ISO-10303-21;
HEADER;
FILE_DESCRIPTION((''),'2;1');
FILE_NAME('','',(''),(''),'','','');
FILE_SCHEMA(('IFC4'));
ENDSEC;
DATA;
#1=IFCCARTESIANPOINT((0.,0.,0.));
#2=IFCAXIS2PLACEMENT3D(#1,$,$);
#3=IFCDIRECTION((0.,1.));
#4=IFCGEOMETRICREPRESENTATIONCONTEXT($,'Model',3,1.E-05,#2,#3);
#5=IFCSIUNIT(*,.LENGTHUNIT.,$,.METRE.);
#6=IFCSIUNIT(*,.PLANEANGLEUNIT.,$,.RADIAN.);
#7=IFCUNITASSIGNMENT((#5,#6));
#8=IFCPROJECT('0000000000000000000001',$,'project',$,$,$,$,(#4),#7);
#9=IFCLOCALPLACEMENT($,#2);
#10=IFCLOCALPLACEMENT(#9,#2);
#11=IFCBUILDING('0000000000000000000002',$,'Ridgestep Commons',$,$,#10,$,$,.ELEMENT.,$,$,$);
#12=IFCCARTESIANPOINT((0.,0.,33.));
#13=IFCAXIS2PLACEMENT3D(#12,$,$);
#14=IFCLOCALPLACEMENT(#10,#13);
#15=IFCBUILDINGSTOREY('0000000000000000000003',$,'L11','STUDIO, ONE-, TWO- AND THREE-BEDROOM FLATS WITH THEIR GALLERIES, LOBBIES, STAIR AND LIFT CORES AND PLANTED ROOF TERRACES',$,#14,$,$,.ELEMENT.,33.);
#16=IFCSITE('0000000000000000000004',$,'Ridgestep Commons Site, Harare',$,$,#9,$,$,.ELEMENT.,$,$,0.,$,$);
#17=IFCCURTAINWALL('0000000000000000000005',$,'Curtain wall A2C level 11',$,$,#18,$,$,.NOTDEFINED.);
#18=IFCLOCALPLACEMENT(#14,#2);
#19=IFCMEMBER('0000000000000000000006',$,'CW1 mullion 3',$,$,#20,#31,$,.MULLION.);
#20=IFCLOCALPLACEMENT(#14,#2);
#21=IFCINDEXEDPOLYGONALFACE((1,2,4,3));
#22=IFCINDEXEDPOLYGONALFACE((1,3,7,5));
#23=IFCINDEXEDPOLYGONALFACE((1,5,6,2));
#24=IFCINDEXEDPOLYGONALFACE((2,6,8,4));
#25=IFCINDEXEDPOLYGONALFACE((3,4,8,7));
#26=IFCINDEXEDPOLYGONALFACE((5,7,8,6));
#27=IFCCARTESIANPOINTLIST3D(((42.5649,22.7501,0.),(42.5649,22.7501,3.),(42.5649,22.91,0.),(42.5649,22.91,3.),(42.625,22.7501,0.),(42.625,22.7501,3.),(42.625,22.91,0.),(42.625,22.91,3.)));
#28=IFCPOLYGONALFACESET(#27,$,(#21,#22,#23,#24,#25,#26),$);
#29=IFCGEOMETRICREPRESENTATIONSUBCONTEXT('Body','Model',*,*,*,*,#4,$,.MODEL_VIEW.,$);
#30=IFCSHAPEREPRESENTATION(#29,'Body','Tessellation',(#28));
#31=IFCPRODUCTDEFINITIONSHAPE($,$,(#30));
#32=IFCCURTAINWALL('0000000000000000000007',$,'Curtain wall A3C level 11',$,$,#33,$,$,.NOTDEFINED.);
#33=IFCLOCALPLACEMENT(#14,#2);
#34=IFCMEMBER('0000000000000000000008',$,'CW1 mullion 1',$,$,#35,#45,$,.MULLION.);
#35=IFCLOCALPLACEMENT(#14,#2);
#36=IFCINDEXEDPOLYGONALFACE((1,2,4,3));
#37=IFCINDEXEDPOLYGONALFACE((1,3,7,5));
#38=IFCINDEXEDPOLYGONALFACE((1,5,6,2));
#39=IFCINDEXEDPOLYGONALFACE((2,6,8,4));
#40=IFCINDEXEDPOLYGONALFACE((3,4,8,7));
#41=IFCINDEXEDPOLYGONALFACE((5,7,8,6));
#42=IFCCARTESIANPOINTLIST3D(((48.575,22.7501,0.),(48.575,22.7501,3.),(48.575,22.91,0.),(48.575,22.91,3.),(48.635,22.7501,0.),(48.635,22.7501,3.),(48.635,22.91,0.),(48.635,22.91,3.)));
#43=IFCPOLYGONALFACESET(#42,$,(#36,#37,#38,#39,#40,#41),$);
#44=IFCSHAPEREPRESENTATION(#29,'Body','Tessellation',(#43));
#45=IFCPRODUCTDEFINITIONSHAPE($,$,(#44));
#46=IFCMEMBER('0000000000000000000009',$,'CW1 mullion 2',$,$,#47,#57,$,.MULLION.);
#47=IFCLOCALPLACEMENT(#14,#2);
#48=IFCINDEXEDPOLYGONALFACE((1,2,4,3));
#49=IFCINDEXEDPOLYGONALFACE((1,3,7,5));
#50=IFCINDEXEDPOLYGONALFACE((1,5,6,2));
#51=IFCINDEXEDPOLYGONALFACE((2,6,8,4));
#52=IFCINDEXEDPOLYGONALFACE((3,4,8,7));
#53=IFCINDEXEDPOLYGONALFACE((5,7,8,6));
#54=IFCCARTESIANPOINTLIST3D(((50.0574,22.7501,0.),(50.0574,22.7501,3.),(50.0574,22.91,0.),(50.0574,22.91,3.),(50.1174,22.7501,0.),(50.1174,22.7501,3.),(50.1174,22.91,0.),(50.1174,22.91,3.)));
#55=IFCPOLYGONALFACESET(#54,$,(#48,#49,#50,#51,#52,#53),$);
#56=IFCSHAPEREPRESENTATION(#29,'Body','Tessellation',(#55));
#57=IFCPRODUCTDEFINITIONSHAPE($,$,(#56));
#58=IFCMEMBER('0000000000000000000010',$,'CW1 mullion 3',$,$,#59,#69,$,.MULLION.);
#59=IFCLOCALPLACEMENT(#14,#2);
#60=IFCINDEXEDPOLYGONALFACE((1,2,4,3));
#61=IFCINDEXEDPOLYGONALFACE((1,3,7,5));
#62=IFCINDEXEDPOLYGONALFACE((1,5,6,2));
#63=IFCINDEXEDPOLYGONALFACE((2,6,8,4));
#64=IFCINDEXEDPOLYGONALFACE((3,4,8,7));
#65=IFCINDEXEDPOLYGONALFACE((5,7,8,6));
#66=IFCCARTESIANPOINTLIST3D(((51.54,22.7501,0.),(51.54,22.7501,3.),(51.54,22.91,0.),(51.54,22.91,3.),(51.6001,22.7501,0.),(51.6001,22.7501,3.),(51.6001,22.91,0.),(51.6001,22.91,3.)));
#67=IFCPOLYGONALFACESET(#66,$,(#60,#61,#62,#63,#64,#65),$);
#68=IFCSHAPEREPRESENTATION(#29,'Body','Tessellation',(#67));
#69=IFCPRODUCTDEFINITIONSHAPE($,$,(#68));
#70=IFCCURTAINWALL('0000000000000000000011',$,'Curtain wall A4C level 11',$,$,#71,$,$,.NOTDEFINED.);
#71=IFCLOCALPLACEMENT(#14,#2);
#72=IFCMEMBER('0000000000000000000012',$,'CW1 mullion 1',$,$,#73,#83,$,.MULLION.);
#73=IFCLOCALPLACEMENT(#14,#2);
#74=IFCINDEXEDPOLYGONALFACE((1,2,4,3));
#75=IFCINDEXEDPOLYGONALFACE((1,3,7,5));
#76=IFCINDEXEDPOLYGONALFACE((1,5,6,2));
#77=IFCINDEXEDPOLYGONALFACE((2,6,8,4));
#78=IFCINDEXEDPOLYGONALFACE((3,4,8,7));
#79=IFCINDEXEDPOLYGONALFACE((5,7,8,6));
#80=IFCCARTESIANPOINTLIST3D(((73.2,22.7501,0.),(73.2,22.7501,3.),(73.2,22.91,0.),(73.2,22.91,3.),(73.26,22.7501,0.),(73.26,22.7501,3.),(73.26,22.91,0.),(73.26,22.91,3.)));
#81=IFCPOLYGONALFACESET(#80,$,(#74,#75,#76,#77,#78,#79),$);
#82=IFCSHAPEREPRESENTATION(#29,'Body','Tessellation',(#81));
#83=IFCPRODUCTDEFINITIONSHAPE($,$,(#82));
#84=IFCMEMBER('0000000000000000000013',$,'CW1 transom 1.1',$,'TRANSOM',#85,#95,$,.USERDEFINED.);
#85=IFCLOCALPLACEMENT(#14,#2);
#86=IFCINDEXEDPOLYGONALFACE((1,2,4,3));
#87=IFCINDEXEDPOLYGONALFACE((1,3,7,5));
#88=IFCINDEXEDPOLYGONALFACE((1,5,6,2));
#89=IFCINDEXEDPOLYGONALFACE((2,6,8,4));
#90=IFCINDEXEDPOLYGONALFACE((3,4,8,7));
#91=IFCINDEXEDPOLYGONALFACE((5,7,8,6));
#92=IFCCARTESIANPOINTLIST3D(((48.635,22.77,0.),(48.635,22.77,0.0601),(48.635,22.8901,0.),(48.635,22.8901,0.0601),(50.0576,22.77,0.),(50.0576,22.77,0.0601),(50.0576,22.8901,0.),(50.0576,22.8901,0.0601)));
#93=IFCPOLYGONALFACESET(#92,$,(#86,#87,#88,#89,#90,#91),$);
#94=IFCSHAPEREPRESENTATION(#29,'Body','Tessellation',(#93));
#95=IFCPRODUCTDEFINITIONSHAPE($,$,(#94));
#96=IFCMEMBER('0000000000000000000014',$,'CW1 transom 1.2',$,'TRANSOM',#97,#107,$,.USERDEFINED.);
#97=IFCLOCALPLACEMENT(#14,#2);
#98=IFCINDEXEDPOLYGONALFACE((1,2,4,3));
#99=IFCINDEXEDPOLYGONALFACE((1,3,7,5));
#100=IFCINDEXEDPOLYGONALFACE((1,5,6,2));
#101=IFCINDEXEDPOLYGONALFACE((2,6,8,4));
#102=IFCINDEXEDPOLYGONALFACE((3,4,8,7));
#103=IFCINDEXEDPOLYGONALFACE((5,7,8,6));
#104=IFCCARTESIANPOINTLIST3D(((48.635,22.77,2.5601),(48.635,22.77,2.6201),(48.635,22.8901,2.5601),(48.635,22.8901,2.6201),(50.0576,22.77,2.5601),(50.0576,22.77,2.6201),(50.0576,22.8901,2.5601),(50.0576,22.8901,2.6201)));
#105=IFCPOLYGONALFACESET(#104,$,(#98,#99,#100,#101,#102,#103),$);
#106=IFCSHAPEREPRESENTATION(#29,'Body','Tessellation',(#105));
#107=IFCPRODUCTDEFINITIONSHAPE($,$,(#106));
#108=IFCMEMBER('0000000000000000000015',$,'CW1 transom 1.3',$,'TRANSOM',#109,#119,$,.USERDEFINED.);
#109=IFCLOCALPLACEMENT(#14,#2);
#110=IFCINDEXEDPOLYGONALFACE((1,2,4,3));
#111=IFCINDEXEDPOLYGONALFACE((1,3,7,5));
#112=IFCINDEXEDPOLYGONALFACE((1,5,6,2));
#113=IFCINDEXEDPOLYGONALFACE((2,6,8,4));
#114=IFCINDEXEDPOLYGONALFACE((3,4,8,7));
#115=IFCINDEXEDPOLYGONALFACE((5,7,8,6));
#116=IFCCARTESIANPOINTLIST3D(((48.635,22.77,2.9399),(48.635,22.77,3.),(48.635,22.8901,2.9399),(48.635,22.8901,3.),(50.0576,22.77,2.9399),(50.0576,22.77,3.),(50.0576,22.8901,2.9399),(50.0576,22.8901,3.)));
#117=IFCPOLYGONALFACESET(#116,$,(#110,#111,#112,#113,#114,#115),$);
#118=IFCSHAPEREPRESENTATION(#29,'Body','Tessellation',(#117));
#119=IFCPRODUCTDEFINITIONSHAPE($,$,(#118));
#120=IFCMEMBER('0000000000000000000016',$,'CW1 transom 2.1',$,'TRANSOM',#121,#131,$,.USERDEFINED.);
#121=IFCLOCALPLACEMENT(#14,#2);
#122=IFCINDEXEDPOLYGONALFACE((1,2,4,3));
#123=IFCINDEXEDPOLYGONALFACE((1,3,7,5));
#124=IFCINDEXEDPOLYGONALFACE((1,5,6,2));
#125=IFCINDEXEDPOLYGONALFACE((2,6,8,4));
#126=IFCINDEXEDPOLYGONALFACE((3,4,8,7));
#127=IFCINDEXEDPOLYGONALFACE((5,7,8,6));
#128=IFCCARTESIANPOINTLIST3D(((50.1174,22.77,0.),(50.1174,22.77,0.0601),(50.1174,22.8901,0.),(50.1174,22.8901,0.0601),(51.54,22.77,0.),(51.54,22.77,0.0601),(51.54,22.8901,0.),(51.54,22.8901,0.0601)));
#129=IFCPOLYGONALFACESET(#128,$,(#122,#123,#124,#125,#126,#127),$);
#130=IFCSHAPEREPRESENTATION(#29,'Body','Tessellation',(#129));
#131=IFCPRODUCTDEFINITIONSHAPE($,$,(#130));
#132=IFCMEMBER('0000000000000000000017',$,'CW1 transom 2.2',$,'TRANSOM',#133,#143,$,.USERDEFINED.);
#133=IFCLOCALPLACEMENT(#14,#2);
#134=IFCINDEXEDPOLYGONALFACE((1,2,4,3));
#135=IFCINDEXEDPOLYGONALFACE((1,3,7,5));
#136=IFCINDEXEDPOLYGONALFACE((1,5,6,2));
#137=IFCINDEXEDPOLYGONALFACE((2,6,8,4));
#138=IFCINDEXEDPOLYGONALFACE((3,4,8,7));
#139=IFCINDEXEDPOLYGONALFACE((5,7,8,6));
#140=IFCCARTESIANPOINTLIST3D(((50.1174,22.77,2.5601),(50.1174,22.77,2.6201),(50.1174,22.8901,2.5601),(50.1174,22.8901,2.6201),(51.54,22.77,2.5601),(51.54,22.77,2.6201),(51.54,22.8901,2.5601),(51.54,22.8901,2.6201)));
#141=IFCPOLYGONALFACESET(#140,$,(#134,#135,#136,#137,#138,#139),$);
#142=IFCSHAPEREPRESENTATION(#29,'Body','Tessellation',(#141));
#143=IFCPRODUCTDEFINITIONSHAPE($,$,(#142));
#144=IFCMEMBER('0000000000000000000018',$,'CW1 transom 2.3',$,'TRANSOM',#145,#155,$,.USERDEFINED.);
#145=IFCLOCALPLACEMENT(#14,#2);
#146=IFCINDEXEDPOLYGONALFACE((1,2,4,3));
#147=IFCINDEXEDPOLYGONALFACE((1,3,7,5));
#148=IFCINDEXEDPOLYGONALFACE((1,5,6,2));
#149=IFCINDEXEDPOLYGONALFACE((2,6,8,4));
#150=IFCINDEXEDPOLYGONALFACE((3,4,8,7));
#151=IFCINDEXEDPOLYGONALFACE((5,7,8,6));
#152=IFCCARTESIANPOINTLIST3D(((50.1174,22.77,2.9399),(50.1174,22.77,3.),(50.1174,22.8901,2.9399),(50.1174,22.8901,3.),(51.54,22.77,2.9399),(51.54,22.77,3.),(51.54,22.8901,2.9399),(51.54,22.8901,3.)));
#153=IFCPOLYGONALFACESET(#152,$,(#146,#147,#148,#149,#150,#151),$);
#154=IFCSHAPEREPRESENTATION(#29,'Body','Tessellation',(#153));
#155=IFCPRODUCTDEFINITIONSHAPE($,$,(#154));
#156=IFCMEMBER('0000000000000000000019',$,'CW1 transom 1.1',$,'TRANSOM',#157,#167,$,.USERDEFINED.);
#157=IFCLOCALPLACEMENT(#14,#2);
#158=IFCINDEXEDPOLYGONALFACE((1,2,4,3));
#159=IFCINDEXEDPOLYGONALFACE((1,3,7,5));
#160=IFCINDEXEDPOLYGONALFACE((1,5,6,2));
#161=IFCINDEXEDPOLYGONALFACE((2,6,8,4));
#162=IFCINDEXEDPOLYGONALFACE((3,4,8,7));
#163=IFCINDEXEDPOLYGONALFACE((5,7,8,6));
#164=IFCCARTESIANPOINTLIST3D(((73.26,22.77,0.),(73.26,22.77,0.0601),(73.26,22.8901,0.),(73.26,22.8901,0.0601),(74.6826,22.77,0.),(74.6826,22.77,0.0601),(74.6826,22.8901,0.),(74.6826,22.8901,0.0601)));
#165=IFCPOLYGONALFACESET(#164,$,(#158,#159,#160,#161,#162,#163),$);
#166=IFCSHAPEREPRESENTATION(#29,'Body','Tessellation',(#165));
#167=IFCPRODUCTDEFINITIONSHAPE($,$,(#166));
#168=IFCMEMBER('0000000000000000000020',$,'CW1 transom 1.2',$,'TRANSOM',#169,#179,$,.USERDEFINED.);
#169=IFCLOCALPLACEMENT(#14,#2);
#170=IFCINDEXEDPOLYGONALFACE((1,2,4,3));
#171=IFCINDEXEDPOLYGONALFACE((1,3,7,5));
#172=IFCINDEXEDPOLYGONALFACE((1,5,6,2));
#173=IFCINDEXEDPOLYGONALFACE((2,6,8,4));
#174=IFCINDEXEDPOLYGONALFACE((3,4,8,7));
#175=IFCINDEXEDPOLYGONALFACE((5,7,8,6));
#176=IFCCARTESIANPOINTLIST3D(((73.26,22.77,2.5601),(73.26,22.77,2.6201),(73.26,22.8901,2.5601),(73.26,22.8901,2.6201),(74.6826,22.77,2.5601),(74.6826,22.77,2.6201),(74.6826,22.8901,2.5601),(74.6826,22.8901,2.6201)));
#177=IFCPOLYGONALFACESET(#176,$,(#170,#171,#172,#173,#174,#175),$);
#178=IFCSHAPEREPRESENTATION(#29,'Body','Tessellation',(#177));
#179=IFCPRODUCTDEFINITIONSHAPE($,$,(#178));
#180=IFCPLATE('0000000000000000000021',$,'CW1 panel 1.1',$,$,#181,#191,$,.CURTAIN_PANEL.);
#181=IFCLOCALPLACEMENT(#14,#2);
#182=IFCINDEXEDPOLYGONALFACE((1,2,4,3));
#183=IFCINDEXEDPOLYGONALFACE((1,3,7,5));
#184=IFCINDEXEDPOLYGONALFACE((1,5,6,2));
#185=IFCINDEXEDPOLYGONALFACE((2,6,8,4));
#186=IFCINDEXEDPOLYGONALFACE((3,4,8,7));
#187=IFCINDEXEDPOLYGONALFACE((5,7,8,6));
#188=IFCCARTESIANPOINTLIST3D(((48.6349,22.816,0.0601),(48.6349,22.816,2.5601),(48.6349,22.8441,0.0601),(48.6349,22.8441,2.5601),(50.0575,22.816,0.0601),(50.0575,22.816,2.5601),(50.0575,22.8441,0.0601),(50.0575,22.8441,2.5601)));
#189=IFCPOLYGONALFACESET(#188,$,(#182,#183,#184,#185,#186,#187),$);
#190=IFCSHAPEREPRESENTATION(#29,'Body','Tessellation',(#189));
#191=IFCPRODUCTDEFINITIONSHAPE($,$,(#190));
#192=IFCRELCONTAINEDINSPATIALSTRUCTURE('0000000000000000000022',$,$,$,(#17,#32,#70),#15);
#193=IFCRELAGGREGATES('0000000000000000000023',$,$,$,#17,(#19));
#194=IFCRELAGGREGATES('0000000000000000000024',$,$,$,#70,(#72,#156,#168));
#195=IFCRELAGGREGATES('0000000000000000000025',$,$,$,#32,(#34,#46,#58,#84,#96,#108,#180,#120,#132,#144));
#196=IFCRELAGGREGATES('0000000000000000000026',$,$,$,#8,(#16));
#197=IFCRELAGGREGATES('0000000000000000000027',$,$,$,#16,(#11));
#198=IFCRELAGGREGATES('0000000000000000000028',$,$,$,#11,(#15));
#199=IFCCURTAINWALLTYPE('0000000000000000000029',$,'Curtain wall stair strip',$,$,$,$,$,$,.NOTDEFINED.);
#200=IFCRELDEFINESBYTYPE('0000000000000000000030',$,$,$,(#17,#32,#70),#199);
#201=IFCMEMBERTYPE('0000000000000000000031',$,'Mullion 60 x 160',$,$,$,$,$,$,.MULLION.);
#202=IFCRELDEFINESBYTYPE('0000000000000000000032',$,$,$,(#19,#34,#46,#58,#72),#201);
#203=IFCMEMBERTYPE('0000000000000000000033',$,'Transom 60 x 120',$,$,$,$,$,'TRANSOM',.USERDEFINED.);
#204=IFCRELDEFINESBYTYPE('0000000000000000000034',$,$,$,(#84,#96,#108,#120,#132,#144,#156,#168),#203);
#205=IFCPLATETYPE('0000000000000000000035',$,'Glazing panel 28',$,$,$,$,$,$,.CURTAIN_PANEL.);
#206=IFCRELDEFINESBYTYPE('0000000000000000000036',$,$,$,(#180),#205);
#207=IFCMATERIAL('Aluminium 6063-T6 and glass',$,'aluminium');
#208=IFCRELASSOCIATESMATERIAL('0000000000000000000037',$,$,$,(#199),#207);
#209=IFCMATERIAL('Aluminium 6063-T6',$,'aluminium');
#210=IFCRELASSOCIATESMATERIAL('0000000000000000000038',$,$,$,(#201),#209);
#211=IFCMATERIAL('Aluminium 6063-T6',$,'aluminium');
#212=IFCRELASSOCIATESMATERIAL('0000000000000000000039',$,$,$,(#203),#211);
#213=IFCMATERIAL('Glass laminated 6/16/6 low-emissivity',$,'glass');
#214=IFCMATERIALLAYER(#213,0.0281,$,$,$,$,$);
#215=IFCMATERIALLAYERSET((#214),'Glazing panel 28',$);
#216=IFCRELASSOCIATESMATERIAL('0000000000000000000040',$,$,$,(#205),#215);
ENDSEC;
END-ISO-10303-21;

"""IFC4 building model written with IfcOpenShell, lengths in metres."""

from ifc_helpers import new_model, si_unit, direction, frame, origin, origin_2d, place, context, subcontext, project, spatial, rectangle, extrude, material, layer, layer_set, material_profile, profile_set, type_object, element, aggregate, save


model = new_model("IFC4")

# Units and contexts
model_context = context("Model", 3, precision=1e-05, world=origin(), true_north=direction((0.0, 1.0)))
body_context = subcontext(model_context, "Body", "Model", "MODEL_VIEW")
ifc_project = project(units=[si_unit("LENGTHUNIT", "METRE"), si_unit("PLANEANGLEUNIT", "RADIAN")], contexts=[model_context])

# Site, building, storey
site_placement = place(None, origin())
site = spatial("IfcSite", under=ifc_project, at=site_placement, Name="Ridgestep Commons Site, Harare", CompositionType="ELEMENT", RefElevation=0.0)
building_placement = place(site_placement, origin())
building = spatial("IfcBuilding", under=site, at=building_placement, Name="Ridgestep Commons", CompositionType="ELEMENT")
storey_placement = place(building_placement, frame((0.0, 0.0, 33.0)))
storey = spatial("IfcBuildingStorey", under=building, at=storey_placement, Name="L11", Description="STUDIO, ONE-, TWO- AND THREE-BEDROOM FLATS WITH THEIR GALLERIES, LOBBIES, STAIR AND LIFT CORES AND PLANTED ROOF TERRACES", CompositionType="ELEMENT", Elevation=33.0)

# Curtain wall, member
ifc_material_1 = material(Name="Aluminium 6063-T6 and glass", Category="aluminium")
curtain_wall_type = type_object("IfcCurtainWallType", Name="Curtain wall stair strip", PredefinedType="NOTDEFINED", material=ifc_material_1)
curtain_wall_1_placement = place(storey_placement, origin())
curtain_wall_1 = element("IfcCurtainWall", 1, at=curtain_wall_1_placement, inside=storey, type_object=curtain_wall_type, Name="Curtain wall A2C level 11", PredefinedType="NOTDEFINED")
ifc_material_2 = material(Name="Aluminium 6063-T6", Category="aluminium")
ifc_material_profile_1 = material_profile(ifc_material_2, rectangle(XDim=0.1599, YDim=0.0601, at=origin_2d()), Name="Mullion 60 x 160")
ifc_profile_set_1 = profile_set([ifc_material_profile_1], Name="Aluminium 6063-T6")
member_type_1 = type_object("IfcMemberType", Name="Mullion 60 x 160", PredefinedType="MULLION", material=ifc_profile_set_1)
member_1_placement = place(storey_placement, frame((42.595, 22.8301, 0.0), z_axis=(0.0, 0.0, 1.0), x_axis=(0.0, 1.0, 0.0)))
member_1 = element("IfcMember", 2, at=member_1_placement, type_object=member_type_1, Name="CW1 mullion 3", PredefinedType="MULLION", context=body_context, shape_type="SweptSolid", body=[
    extrude(rectangle(XDim=0.1599, YDim=0.0601, at=origin_2d()), origin(), (0.0, 0.0, 1.0), 3.0),
])
aggregate(curtain_wall_1, [member_1])

# Curtain wall, members
curtain_wall_2_placement = place(storey_placement, origin())
curtain_wall_2 = element("IfcCurtainWall", 3, at=curtain_wall_2_placement, inside=storey, type_object=curtain_wall_type, Name="Curtain wall A3C level 11", PredefinedType="NOTDEFINED")
member_2_placement = place(storey_placement, frame((48.605, 22.8301, 0.0), z_axis=(0.0, 0.0, 1.0), x_axis=(0.0, 1.0, 0.0)))
member_2 = element("IfcMember", 4, at=member_2_placement, type_object=member_type_1, Name="CW1 mullion 1", PredefinedType="MULLION", context=body_context, shape_type="SweptSolid", body=[
    extrude(rectangle(XDim=0.1599, YDim=0.0601, at=origin_2d()), origin(), (0.0, 0.0, 1.0), 3.0),
])
member_3_placement = place(storey_placement, frame((50.0874, 22.8301, 0.0), z_axis=(0.0, 0.0, 1.0), x_axis=(0.0, 1.0, 0.0)))
member_3 = element("IfcMember", 5, at=member_3_placement, type_object=member_type_1, Name="CW1 mullion 2", PredefinedType="MULLION", context=body_context, shape_type="SweptSolid", body=[
    extrude(rectangle(XDim=0.1599, YDim=0.0601, at=origin_2d()), origin(), (0.0, 0.0, 1.0), 3.0),
])
member_4_placement = place(storey_placement, frame((51.5701, 22.8301, 0.0), z_axis=(0.0, 0.0, 1.0), x_axis=(0.0, 1.0, 0.0)))
member_4 = element("IfcMember", 6, at=member_4_placement, type_object=member_type_1, Name="CW1 mullion 3", PredefinedType="MULLION", context=body_context, shape_type="SweptSolid", body=[
    extrude(rectangle(XDim=0.1599, YDim=0.0601, at=origin_2d()), origin(), (0.0, 0.0, 1.0), 3.0),
])

# Curtain wall, member
curtain_wall_3_placement = place(storey_placement, origin())
curtain_wall_3 = element("IfcCurtainWall", 7, at=curtain_wall_3_placement, inside=storey, type_object=curtain_wall_type, Name="Curtain wall A4C level 11", PredefinedType="NOTDEFINED")
member_5_placement = place(storey_placement, frame((73.23, 22.8301, 0.0), z_axis=(0.0, 0.0, 1.0), x_axis=(0.0, 1.0, 0.0)))
member_5 = element("IfcMember", 8, at=member_5_placement, type_object=member_type_1, Name="CW1 mullion 1", PredefinedType="MULLION", context=body_context, shape_type="SweptSolid", body=[
    extrude(rectangle(XDim=0.1599, YDim=0.0601, at=origin_2d()), origin(), (0.0, 0.0, 1.0), 3.0),
])

# Members
ifc_material_3 = material(Name="Aluminium 6063-T6", Category="aluminium")
ifc_material_profile_2 = material_profile(ifc_material_3, rectangle(XDim=0.1201, YDim=0.0601, at=origin_2d()), Name="Transom 60 x 120")
ifc_profile_set_2 = profile_set([ifc_material_profile_2], Name="Aluminium 6063-T6")
member_type_2 = type_object("IfcMemberType", Name="Transom 60 x 120", ElementType="TRANSOM", PredefinedType="USERDEFINED", material=ifc_profile_set_2)
member_6_placement = place(storey_placement, frame((48.635, 22.8301, 0.03), z_axis=(1.0, 0.0, 0.0), x_axis=(0.0, 1.0, 0.0)))
member_6 = element("IfcMember", 9, at=member_6_placement, type_object=member_type_2, Name="CW1 transom 1.1", ObjectType="TRANSOM", PredefinedType="USERDEFINED", context=body_context, shape_type="SweptSolid", body=[
    extrude(rectangle(XDim=0.1201, YDim=0.0601, at=origin_2d()), origin(), (0.0, 0.0, 1.0), 1.4226),
])
member_7_placement = place(storey_placement, frame((48.635, 22.8301, 2.5901), z_axis=(1.0, 0.0, 0.0), x_axis=(0.0, 1.0, 0.0)))
member_7 = element("IfcMember", 10, at=member_7_placement, type_object=member_type_2, Name="CW1 transom 1.2", ObjectType="TRANSOM", PredefinedType="USERDEFINED", context=body_context, shape_type="SweptSolid", body=[
    extrude(rectangle(XDim=0.1201, YDim=0.0601, at=origin_2d()), origin(), (0.0, 0.0, 1.0), 1.4226),
])
member_8_placement = place(storey_placement, frame((48.635, 22.8301, 2.97), z_axis=(1.0, 0.0, 0.0), x_axis=(0.0, 1.0, 0.0)))
member_8 = element("IfcMember", 11, at=member_8_placement, type_object=member_type_2, Name="CW1 transom 1.3", ObjectType="TRANSOM", PredefinedType="USERDEFINED", context=body_context, shape_type="SweptSolid", body=[
    extrude(rectangle(XDim=0.1201, YDim=0.0601, at=origin_2d()), origin(), (0.0, 0.0, 1.0), 1.4226),
])
member_9_placement = place(storey_placement, frame((50.1174, 22.8301, 0.03), z_axis=(1.0, 0.0, 0.0), x_axis=(0.0, 1.0, 0.0)))
member_9 = element("IfcMember", 12, at=member_9_placement, type_object=member_type_2, Name="CW1 transom 2.1", ObjectType="TRANSOM", PredefinedType="USERDEFINED", context=body_context, shape_type="SweptSolid", body=[
    extrude(rectangle(XDim=0.1201, YDim=0.0601, at=origin_2d()), origin(), (0.0, 0.0, 1.0), 1.4226),
])
member_10_placement = place(storey_placement, frame((50.1174, 22.8301, 2.5901), z_axis=(1.0, 0.0, 0.0), x_axis=(0.0, 1.0, 0.0)))
member_10 = element("IfcMember", 13, at=member_10_placement, type_object=member_type_2, Name="CW1 transom 2.2", ObjectType="TRANSOM", PredefinedType="USERDEFINED", context=body_context, shape_type="SweptSolid", body=[
    extrude(rectangle(XDim=0.1201, YDim=0.0601, at=origin_2d()), origin(), (0.0, 0.0, 1.0), 1.4226),
])
member_11_placement = place(storey_placement, frame((50.1174, 22.8301, 2.97), z_axis=(1.0, 0.0, 0.0), x_axis=(0.0, 1.0, 0.0)))
member_11 = element("IfcMember", 14, at=member_11_placement, type_object=member_type_2, Name="CW1 transom 2.3", ObjectType="TRANSOM", PredefinedType="USERDEFINED", context=body_context, shape_type="SweptSolid", body=[
    extrude(rectangle(XDim=0.1201, YDim=0.0601, at=origin_2d()), origin(), (0.0, 0.0, 1.0), 1.4226),
])
member_12_placement = place(storey_placement, frame((73.26, 22.8301, 0.03), z_axis=(1.0, 0.0, 0.0), x_axis=(0.0, 1.0, 0.0)))
member_12 = element("IfcMember", 15, at=member_12_placement, type_object=member_type_2, Name="CW1 transom 1.1", ObjectType="TRANSOM", PredefinedType="USERDEFINED", context=body_context, shape_type="SweptSolid", body=[
    extrude(rectangle(XDim=0.1201, YDim=0.0601, at=origin_2d()), origin(), (0.0, 0.0, 1.0), 1.4226),
])
member_13_placement = place(storey_placement, frame((73.26, 22.8301, 2.5901), z_axis=(1.0, 0.0, 0.0), x_axis=(0.0, 1.0, 0.0)))
member_13 = element("IfcMember", 16, at=member_13_placement, type_object=member_type_2, Name="CW1 transom 1.2", ObjectType="TRANSOM", PredefinedType="USERDEFINED", context=body_context, shape_type="SweptSolid", body=[
    extrude(rectangle(XDim=0.1201, YDim=0.0601, at=origin_2d()), origin(), (0.0, 0.0, 1.0), 1.4226),
])
aggregate(curtain_wall_3, [member_5, member_12, member_13])

# Plate
ifc_material_4 = material(Name="Glass laminated 6/16/6 low-emissivity", Category="glass")
ifc_layer_1 = layer(ifc_material_4, 0.0281)
ifc_layer_set_1 = layer_set([ifc_layer_1], Name="Glazing panel 28")
plate_type_1 = type_object("IfcPlateType", Name="Glazing panel 28", PredefinedType="CURTAIN_PANEL", material=ifc_layer_set_1)
plate_1_placement = place(storey_placement, frame((49.3462, 22.8301, 0.0601), z_axis=(0.0, 0.0, 1.0), x_axis=(1.0, 0.0, 0.0)))
plate_1 = element("IfcPlate", 17, at=plate_1_placement, type_object=plate_type_1, Name="CW1 panel 1.1", PredefinedType="CURTAIN_PANEL", context=body_context, shape_type="SweptSolid", body=[
    extrude(rectangle(XDim=1.4226, YDim=0.0281, at=origin_2d()), origin(), (0.0, 0.0, 1.0), 2.5),
])
aggregate(curtain_wall_2, [member_2, member_3, member_4, member_6, member_7, member_8, plate_1, member_9, member_10, member_11])

save(model, "model.ifc")
